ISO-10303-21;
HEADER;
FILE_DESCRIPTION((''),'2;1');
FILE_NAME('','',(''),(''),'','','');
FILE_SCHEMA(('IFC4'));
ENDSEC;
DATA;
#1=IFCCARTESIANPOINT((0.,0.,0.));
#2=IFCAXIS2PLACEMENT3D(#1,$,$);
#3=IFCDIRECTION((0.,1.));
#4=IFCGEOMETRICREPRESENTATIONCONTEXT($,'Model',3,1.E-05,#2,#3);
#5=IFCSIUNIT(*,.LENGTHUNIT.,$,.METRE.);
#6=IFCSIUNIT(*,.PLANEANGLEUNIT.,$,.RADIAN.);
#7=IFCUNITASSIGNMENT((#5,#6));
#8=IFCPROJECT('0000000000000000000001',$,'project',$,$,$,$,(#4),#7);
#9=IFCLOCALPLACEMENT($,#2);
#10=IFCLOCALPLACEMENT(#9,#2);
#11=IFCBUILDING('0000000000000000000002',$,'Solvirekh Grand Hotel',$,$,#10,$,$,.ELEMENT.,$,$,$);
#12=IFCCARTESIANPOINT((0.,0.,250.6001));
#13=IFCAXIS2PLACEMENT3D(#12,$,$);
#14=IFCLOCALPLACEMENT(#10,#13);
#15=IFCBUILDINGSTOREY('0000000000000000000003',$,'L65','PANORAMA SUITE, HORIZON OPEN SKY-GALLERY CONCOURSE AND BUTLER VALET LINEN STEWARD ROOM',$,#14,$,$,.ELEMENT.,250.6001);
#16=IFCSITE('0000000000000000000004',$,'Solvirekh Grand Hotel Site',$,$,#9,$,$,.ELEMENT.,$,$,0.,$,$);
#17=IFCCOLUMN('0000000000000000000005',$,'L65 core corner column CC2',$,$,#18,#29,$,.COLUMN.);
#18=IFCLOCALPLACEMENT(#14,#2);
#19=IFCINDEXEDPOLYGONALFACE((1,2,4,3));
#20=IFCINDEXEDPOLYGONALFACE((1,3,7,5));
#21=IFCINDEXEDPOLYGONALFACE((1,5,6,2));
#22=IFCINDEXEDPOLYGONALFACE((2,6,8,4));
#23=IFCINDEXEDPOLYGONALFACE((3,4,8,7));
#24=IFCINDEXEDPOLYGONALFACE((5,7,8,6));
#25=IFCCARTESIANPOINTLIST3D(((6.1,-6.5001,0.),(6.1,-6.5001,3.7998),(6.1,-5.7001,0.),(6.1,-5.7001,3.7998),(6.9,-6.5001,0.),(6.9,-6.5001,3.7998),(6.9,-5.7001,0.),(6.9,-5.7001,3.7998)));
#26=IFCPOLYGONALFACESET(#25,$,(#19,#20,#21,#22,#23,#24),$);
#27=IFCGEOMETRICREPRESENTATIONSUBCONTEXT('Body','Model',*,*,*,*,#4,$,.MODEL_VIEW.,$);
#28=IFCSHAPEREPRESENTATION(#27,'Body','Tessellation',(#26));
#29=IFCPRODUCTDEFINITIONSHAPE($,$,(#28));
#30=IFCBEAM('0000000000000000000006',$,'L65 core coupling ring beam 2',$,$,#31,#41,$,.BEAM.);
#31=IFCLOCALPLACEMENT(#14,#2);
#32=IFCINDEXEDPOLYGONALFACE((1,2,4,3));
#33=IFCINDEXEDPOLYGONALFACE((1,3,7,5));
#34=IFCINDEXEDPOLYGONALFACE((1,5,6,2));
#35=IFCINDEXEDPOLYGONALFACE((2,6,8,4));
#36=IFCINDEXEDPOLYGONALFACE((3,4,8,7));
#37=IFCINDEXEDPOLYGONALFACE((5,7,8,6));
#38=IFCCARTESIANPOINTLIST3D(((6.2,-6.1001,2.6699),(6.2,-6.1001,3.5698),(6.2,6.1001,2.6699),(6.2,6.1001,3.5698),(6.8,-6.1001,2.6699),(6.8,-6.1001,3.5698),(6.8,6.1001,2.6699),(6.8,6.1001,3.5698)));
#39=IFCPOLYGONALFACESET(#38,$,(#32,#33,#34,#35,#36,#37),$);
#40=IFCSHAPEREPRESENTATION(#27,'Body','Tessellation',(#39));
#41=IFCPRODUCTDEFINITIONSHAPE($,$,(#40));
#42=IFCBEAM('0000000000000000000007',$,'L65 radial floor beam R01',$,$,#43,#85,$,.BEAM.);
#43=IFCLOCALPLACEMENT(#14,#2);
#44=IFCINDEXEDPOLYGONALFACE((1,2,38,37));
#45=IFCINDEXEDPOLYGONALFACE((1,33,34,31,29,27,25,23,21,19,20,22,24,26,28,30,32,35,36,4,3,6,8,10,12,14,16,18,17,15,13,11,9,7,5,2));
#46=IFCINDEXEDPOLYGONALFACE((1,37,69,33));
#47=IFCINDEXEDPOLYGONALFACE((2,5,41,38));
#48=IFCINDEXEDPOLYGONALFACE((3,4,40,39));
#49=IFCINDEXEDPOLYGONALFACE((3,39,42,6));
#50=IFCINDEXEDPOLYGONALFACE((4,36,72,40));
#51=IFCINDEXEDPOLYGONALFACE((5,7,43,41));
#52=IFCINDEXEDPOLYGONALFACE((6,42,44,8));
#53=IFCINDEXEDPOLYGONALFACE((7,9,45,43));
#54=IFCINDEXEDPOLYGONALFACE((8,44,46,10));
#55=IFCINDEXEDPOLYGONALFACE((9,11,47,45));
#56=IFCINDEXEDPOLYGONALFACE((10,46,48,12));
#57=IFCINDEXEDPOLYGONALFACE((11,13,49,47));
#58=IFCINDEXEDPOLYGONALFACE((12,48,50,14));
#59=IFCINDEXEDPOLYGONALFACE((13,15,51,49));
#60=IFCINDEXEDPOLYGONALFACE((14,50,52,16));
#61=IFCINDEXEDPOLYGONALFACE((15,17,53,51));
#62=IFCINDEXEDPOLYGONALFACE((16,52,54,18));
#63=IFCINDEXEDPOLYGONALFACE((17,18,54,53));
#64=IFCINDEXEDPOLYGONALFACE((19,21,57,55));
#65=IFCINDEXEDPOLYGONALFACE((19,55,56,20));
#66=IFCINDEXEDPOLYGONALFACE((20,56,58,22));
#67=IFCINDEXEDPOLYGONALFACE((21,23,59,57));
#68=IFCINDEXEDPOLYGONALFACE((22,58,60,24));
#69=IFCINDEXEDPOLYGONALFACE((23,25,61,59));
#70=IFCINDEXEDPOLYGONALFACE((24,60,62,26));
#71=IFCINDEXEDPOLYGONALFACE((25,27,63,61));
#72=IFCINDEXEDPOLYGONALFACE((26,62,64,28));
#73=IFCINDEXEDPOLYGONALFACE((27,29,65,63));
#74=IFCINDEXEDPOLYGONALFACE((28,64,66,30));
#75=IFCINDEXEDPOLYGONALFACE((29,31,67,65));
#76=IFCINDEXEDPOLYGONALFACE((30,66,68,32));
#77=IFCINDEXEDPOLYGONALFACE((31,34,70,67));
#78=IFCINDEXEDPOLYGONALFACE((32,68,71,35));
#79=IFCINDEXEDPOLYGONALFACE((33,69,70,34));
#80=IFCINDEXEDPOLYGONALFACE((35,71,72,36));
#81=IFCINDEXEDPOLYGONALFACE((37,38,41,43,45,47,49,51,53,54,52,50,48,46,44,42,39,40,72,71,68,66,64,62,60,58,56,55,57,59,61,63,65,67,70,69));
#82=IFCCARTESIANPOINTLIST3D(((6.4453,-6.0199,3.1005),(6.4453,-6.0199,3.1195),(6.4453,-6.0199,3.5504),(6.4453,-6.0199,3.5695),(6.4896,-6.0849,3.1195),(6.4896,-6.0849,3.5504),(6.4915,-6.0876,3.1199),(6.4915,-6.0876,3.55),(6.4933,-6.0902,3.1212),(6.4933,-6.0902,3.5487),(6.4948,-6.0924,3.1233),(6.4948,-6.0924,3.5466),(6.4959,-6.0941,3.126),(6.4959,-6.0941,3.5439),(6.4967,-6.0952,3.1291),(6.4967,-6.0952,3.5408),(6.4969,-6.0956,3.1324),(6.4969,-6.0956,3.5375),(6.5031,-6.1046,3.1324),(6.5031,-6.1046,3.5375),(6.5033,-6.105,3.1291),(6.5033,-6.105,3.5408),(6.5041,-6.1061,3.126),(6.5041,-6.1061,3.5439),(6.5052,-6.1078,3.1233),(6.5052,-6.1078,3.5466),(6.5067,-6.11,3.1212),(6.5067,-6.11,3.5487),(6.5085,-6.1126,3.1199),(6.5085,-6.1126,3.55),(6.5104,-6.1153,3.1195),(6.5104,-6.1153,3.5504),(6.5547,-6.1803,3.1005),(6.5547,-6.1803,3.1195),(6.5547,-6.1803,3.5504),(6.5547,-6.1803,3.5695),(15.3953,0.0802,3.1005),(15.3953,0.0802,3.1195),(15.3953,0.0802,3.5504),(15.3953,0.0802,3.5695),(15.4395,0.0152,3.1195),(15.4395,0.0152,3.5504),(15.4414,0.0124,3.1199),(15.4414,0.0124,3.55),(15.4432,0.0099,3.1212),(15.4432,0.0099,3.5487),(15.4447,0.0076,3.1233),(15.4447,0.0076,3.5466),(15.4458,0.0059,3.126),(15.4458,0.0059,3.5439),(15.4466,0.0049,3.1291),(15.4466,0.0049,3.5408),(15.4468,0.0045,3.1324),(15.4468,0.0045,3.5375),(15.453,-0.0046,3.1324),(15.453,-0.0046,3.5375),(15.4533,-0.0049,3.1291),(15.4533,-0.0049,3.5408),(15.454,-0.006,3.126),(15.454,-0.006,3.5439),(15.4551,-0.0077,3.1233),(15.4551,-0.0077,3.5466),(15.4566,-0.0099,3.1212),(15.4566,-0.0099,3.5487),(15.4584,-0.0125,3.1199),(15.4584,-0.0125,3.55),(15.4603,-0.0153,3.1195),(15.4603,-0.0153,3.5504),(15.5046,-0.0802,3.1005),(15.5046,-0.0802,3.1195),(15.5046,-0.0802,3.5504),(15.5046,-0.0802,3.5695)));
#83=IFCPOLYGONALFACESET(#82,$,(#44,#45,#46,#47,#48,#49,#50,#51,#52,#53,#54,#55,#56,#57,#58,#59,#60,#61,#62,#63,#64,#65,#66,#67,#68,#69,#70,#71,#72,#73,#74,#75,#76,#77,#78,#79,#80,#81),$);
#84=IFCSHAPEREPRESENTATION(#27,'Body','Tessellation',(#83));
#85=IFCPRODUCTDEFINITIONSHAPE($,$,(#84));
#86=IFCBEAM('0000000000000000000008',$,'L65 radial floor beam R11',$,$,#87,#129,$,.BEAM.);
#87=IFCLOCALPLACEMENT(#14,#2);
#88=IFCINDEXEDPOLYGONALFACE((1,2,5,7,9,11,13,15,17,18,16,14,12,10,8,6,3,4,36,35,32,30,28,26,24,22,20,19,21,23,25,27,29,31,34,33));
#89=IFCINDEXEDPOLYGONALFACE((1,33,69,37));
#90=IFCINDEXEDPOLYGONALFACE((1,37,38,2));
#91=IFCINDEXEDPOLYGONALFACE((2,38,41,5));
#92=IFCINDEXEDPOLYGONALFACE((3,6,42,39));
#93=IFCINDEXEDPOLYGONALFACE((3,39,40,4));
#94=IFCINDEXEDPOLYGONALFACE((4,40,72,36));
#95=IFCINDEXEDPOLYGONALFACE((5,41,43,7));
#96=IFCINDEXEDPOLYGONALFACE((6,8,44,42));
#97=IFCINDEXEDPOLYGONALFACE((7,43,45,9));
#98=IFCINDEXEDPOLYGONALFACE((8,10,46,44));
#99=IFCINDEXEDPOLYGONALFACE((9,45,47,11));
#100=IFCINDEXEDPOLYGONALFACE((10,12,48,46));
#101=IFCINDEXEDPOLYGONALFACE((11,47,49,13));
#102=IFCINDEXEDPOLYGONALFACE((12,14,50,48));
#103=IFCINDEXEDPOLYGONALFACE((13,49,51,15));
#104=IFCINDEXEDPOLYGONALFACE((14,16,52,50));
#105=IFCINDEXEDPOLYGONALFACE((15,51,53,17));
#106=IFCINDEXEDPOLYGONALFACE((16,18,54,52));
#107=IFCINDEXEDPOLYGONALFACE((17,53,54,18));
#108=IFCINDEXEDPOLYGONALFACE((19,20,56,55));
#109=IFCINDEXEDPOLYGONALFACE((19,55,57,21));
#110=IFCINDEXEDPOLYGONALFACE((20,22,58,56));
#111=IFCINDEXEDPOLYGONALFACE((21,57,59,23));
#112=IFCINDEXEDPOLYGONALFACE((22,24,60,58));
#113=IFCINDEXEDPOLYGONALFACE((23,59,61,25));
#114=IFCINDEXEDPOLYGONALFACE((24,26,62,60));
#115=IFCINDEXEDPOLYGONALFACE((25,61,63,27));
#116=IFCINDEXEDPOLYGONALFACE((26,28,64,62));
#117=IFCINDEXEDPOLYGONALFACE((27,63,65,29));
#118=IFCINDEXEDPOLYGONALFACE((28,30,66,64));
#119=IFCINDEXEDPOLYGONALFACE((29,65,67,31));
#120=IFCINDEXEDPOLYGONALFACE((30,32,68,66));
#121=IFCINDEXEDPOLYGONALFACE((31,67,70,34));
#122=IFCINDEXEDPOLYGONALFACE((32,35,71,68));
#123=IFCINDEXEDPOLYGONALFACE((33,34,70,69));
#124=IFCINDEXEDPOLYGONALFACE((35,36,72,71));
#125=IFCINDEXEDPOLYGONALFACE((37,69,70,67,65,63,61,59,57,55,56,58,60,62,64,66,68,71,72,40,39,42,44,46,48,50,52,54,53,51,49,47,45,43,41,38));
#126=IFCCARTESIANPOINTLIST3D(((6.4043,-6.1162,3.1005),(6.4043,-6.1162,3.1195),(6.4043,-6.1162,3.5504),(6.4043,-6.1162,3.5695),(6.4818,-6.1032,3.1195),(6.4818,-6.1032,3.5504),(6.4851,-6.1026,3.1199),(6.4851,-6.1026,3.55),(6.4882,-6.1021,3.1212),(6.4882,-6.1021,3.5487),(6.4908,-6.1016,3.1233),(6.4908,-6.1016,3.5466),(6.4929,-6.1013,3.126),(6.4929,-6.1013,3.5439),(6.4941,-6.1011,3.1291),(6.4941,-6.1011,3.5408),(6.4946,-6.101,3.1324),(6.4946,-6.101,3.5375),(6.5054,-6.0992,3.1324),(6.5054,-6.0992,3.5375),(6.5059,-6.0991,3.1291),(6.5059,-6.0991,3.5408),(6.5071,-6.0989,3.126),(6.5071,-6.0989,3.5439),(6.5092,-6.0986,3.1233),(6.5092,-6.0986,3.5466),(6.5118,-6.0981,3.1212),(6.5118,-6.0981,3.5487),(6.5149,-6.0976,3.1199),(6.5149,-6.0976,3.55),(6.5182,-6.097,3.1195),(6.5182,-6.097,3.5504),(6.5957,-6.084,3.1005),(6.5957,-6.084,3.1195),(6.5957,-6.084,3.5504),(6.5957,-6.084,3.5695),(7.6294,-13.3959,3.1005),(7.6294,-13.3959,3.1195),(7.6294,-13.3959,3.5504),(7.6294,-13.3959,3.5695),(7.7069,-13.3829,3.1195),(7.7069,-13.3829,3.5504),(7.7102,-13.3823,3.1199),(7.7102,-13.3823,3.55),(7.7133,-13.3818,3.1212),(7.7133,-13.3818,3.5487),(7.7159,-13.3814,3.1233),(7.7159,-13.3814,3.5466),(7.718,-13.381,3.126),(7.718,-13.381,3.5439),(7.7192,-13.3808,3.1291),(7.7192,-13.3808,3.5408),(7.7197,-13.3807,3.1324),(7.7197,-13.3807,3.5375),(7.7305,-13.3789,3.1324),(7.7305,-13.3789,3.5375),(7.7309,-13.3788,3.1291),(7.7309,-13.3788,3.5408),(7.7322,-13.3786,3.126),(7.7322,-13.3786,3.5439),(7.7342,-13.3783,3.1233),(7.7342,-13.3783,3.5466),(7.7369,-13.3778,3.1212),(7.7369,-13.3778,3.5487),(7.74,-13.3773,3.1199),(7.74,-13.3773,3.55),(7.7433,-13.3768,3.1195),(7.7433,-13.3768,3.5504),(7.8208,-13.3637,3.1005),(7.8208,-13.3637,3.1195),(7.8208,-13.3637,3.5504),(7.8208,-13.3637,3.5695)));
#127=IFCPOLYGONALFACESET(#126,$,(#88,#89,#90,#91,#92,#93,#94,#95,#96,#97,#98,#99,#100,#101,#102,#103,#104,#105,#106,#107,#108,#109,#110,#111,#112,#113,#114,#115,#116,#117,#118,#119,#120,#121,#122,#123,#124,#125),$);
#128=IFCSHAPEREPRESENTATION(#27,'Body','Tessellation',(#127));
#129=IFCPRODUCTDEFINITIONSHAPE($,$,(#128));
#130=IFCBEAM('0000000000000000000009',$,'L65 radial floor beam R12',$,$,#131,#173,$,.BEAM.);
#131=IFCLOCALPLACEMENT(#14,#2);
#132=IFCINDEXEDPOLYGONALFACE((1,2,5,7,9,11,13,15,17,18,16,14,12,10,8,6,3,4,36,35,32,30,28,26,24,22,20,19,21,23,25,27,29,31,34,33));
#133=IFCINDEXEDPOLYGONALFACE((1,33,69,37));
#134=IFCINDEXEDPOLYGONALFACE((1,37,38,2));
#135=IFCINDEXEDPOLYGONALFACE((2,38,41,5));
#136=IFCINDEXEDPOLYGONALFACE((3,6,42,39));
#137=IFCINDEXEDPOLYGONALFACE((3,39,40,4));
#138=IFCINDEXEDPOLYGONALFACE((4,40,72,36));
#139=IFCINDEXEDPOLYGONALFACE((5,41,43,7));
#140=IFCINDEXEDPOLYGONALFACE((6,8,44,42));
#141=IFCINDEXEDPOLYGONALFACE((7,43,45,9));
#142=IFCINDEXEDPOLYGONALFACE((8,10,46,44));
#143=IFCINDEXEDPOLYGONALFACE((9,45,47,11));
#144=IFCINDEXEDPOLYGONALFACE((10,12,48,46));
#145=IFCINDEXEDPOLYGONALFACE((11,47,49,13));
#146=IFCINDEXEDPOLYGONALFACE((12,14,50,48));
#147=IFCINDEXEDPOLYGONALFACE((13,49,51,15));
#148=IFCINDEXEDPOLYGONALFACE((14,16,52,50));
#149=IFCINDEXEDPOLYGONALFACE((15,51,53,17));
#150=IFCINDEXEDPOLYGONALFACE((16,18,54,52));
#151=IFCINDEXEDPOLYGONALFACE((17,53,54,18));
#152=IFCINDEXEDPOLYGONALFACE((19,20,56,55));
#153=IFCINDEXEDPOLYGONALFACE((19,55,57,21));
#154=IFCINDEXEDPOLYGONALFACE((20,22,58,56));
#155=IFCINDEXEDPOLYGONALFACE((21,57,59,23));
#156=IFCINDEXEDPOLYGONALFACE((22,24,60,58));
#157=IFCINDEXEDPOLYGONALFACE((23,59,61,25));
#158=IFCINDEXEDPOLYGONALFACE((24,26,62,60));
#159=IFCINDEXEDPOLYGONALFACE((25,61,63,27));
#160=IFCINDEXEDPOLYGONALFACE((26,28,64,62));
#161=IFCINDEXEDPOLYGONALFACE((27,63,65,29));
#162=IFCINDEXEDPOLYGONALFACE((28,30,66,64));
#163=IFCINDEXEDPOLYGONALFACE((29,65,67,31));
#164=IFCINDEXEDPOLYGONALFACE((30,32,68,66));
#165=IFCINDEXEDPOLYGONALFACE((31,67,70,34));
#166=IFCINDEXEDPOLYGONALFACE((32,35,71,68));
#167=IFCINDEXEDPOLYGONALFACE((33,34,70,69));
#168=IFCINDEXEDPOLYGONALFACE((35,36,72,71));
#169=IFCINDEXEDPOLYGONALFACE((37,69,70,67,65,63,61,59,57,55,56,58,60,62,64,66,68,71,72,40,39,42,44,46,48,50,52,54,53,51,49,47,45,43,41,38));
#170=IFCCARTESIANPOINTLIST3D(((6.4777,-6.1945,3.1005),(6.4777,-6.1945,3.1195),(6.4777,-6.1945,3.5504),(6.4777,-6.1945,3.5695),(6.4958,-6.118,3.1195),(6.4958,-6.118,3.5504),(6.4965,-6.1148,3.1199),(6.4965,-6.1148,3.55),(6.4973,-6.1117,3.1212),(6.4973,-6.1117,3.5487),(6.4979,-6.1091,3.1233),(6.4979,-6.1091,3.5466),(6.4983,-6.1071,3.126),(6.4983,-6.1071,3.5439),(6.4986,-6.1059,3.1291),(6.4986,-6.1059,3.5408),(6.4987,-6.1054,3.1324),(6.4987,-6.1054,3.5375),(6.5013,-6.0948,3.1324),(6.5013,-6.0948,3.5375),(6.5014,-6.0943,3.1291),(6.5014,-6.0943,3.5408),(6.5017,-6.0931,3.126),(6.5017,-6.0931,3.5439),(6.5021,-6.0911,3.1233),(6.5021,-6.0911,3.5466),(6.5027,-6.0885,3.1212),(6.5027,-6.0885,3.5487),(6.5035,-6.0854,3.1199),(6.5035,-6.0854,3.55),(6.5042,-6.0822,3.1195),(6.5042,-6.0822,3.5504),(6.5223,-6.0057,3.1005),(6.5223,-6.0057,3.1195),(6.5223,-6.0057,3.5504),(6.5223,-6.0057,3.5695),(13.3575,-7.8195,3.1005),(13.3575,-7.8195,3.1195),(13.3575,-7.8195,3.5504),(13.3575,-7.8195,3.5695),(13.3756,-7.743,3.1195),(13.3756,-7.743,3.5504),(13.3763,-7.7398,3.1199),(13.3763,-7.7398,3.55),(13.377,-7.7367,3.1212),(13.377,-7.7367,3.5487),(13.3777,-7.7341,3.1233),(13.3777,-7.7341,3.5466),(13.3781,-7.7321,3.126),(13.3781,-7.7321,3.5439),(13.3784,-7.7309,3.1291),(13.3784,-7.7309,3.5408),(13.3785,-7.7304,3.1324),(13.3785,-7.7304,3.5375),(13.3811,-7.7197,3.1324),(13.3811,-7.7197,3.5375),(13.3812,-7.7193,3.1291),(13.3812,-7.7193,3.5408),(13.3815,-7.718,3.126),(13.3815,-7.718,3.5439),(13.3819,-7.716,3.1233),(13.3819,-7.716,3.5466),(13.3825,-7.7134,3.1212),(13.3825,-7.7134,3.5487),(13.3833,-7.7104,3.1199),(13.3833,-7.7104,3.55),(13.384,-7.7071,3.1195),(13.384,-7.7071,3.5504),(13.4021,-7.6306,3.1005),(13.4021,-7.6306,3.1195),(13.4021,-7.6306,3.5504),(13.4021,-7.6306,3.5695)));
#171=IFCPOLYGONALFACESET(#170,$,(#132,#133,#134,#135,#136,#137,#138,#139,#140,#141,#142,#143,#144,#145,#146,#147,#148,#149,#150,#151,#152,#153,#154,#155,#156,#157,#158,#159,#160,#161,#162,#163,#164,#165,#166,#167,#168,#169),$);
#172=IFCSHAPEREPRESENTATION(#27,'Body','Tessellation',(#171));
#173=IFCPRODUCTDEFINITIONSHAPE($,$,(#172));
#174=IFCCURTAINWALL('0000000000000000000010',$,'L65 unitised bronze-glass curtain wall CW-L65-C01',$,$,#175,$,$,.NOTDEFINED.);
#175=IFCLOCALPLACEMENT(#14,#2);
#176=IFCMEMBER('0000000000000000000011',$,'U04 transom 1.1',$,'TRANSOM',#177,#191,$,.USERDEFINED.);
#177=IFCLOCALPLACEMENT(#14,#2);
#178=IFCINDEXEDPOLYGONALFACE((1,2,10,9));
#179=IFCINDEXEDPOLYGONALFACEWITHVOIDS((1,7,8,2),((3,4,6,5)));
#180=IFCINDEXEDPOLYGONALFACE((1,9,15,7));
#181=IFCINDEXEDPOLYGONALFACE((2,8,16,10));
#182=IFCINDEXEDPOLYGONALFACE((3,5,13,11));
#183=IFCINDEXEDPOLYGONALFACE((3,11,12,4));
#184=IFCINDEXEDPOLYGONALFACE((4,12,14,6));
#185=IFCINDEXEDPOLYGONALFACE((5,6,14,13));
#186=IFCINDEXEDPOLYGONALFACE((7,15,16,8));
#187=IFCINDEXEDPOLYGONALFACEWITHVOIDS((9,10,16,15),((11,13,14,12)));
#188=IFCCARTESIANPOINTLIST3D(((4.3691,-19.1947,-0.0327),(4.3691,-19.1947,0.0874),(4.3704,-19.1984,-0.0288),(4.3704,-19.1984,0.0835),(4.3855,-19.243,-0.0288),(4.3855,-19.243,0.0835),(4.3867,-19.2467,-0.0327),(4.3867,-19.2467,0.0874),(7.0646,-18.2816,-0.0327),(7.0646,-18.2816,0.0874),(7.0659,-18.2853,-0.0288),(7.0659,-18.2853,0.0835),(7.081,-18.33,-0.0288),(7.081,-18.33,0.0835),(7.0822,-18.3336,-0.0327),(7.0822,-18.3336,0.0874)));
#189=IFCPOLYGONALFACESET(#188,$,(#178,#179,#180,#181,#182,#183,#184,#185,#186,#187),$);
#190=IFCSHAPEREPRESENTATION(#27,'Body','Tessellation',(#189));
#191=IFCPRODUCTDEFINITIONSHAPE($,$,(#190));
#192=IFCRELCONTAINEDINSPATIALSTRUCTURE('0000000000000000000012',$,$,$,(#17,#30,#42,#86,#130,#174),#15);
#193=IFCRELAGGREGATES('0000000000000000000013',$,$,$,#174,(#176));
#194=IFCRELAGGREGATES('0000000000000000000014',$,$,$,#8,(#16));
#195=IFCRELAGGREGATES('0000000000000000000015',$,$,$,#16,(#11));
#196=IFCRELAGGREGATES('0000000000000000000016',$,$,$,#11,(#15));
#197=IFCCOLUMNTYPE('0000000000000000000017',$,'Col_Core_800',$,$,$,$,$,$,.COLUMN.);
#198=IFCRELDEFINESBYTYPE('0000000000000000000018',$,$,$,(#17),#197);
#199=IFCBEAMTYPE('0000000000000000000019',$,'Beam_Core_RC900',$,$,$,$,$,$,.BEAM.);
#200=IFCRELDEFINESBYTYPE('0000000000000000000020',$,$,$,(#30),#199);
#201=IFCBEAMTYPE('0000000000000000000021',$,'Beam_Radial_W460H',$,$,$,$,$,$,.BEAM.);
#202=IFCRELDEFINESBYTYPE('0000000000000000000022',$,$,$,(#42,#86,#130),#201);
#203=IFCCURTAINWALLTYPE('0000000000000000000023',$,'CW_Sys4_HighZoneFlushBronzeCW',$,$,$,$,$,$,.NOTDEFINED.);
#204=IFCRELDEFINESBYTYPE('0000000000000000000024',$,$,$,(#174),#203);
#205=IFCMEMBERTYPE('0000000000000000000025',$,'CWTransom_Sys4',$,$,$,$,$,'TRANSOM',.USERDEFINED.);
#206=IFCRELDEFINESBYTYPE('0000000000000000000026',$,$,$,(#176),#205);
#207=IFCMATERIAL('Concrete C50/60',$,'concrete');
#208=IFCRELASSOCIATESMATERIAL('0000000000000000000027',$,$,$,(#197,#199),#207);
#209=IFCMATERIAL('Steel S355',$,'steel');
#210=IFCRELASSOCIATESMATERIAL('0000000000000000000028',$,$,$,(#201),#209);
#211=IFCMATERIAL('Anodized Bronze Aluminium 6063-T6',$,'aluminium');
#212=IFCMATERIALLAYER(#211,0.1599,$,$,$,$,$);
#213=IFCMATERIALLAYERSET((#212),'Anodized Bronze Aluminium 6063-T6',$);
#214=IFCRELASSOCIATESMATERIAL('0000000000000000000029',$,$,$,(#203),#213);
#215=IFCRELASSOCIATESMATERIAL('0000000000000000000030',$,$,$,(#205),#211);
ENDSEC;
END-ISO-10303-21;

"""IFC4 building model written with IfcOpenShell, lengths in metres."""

from ifc_helpers import new_model, si_unit, direction, frame, origin, origin_2d, place, context, subcontext, project, spatial, rectangle, hollow_rectangle, i_section, extrude, source, transform, mapped, material, layer, layer_set, material_profile, profile_set, type_object, element, aggregate, save


model = new_model("IFC4")

# Units and contexts
model_context = context("Model", 3, precision=1e-05, world=origin(), true_north=direction((0.0, 1.0)))
body_context = subcontext(model_context, "Body", "Model", "MODEL_VIEW")
ifc_project = project(units=[si_unit("LENGTHUNIT", "METRE"), si_unit("PLANEANGLEUNIT", "RADIAN")], contexts=[model_context])

# Site, building, storey
site_placement = place(None, origin())
site = spatial("IfcSite", under=ifc_project, at=site_placement, Name="Solvirekh Grand Hotel Site", CompositionType="ELEMENT", RefElevation=0.0)
building_placement = place(site_placement, origin())
building = spatial("IfcBuilding", under=site, at=building_placement, Name="Solvirekh Grand Hotel", CompositionType="ELEMENT")
storey_placement = place(building_placement, frame((0.0, 0.0, 250.6001)))
storey = spatial("IfcBuildingStorey", under=building, at=storey_placement, Name="L65", Description="PANORAMA SUITE, HORIZON OPEN SKY-GALLERY CONCOURSE AND BUTLER VALET LINEN STEWARD ROOM", CompositionType="ELEMENT", Elevation=250.6001)

# Column
ifc_material_1 = material(Name="Concrete C50/60", Category="concrete")
ifc_material_profile_1 = material_profile(ifc_material_1, rectangle(XDim=0.8, YDim=0.8, at=origin_2d()), Name="RC 800X800")
ifc_profile_set_1 = profile_set([ifc_material_profile_1], Name="Concrete C50/60")
column_type = type_object("IfcColumnType", Name="Col_Core_800", PredefinedType="COLUMN", material=ifc_profile_set_1)
column_placement = place(storey_placement, frame((6.5, -6.1001, 0.0), z_axis=(0.0, 0.0, 1.0), x_axis=(1.0, 0.0, 0.0)))
element("IfcColumn", 1, at=column_placement, inside=storey, type_object=column_type, Name="L65 core corner column CC2", PredefinedType="COLUMN", context=body_context, shape_type="SweptSolid", body=[
    extrude(rectangle(XDim=0.8, YDim=0.8, at=origin_2d()), origin(), (0.0, 0.0, 1.0), 3.7998),
])

# Beams
ifc_material_profile_2 = material_profile(ifc_material_1, rectangle(XDim=0.6001, YDim=0.8999, at=origin_2d()), Name="RC BEAM 600X900")
ifc_profile_set_2 = profile_set([ifc_material_profile_2], Name="Concrete C50/60")
beam_type_1 = type_object("IfcBeamType", Name="Beam_Core_RC900", PredefinedType="BEAM", material=ifc_profile_set_2)
beam_1_placement = place(storey_placement, frame((6.5, -6.1001, 3.1199), z_axis=(0.0, 1.0, 0.0), x_axis=(-1.0, 0.0, 0.0)))
element("IfcBeam", 2, at=beam_1_placement, inside=storey, type_object=beam_type_1, Name="L65 core coupling ring beam 2", PredefinedType="BEAM", context=body_context, shape_type="SweptSolid", body=[
    extrude(rectangle(XDim=0.6001, YDim=0.8999, at=origin_2d()), origin(), (0.0, 0.0, 1.0), 12.2002),
])
ifc_material_2 = material(Name="Steel S355", Category="steel")
ifc_material_profile_3 = material_profile(ifc_material_2, i_section(OverallWidth=0.1941, OverallDepth=0.469, WebThickness=0.011, FlangeThickness=0.019, FilletRadius=0.0129, at=origin_2d()), Name="W460X106")
ifc_profile_set_3 = profile_set([ifc_material_profile_3], Name="Steel S355")
beam_type_2 = type_object("IfcBeamType", Name="Beam_Radial_W460H", PredefinedType="BEAM", material=ifc_profile_set_3)
beam_2_placement = place(storey_placement, frame((6.5, -6.1001, 3.335), z_axis=(0.826319, 0.563202, 0.0), x_axis=(-0.563202, 0.826319, 0.0)))
element("IfcBeam", 3, at=beam_2_placement, inside=storey, type_object=beam_type_2, Name="L65 radial floor beam R01", PredefinedType="BEAM", context=body_context, shape_type="SweptSolid", body=[
    extrude(i_section(OverallWidth=0.1941, OverallDepth=0.469, WebThickness=0.011, FlangeThickness=0.019, FilletRadius=0.0129, at=origin_2d()), origin(), (0.0, 0.0, 1.0), 10.8311),
])
beam_3_placement = place(storey_placement, frame((6.5, -6.1001, 3.335), z_axis=(0.165954, -0.986133, 0.0), x_axis=(0.986133, 0.165954, 0.0)))
element("IfcBeam", 4, at=beam_3_placement, inside=storey, type_object=beam_type_2, Name="L65 radial floor beam R11", PredefinedType="BEAM", context=body_context, shape_type="SweptSolid", body=[
    extrude(i_section(OverallWidth=0.1941, OverallDepth=0.469, WebThickness=0.011, FlangeThickness=0.019, FilletRadius=0.0129, at=origin_2d()), origin(), (0.0, 0.0, 1.0), 7.3821),
])
beam_4_placement = place(storey_placement, frame((6.5, -6.1001, 3.335), z_axis=(0.973221, -0.229871, 0.0), x_axis=(0.229871, 0.973221, 0.0)))
element("IfcBeam", 5, at=beam_4_placement, inside=storey, type_object=beam_type_2, Name="L65 radial floor beam R12", PredefinedType="BEAM", context=body_context, shape_type="SweptSolid", body=[
    extrude(i_section(OverallWidth=0.1941, OverallDepth=0.469, WebThickness=0.011, FlangeThickness=0.019, FilletRadius=0.0129, at=origin_2d()), origin(), (0.0, 0.0, 1.0), 7.0691),
])

# Curtain wall, member
ifc_material_3 = material(Name="Anodized Bronze Aluminium 6063-T6", Category="aluminium")
ifc_layer_1 = layer(ifc_material_3, 0.1599)
ifc_layer_set_1 = layer_set([ifc_layer_1], Name="Anodized Bronze Aluminium 6063-T6")
curtain_wall_type = type_object("IfcCurtainWallType", Name="CW_Sys4_HighZoneFlushBronzeCW", PredefinedType="NOTDEFINED", material=ifc_layer_set_1)
curtain_wall_placement = place(storey_placement, origin())
curtain_wall = element("IfcCurtainWall", 6, at=curtain_wall_placement, inside=storey, type_object=curtain_wall_type, Name="L65 unitised bronze-glass curtain wall CW-L65-C01", PredefinedType="NOTDEFINED")
ifc_material_profile_4 = material_profile(ifc_material_3, hollow_rectangle(XDim=0.0549, YDim=0.1201, WallThickness=0.0039, at=origin_2d()), Name="ALU RHS 120X55X4")
ifc_profile_set_4 = profile_set([ifc_material_profile_4], Name="Anodized Bronze Aluminium 6063-T6")
member_type_1 = type_object("IfcMemberType", Name="CWTransom_Sys4", ElementType="TRANSOM", PredefinedType="USERDEFINED", material=ifc_profile_set_4)
shared_shape_1 = source(origin(), body_context, "Body", "SweptSolid", [
    extrude(hollow_rectangle(XDim=0.0549, YDim=0.1201, WallThickness=0.0039, at=origin_2d()), origin(), (0.0, 0.0, 1.0), 2.8459),
])
member_1_placement = place(storey_placement, frame((4.3779, -19.2207, 0.0273), z_axis=(0.947137, 0.320831, 0.0), x_axis=(-0.320831, 0.947137, 0.0)))
member_1 = element("IfcMember", 7, at=member_1_placement, type_object=member_type_1, Name="U04 transom 1.1", ObjectType="TRANSOM", PredefinedType="USERDEFINED", context=body_context, shape_type="MappedRepresentation", body=[
    mapped(shared_shape_1, transform((0.0, 0.0, 0.0), x_axis=(1.0, 0.0, 0.0), y_axis=(0.0, 1.0, 0.0), z_axis=(0.0, 0.0, 1.0), scale=1.0)),
])
aggregate(curtain_wall, [member_1])

save(model, "model.ifc")
